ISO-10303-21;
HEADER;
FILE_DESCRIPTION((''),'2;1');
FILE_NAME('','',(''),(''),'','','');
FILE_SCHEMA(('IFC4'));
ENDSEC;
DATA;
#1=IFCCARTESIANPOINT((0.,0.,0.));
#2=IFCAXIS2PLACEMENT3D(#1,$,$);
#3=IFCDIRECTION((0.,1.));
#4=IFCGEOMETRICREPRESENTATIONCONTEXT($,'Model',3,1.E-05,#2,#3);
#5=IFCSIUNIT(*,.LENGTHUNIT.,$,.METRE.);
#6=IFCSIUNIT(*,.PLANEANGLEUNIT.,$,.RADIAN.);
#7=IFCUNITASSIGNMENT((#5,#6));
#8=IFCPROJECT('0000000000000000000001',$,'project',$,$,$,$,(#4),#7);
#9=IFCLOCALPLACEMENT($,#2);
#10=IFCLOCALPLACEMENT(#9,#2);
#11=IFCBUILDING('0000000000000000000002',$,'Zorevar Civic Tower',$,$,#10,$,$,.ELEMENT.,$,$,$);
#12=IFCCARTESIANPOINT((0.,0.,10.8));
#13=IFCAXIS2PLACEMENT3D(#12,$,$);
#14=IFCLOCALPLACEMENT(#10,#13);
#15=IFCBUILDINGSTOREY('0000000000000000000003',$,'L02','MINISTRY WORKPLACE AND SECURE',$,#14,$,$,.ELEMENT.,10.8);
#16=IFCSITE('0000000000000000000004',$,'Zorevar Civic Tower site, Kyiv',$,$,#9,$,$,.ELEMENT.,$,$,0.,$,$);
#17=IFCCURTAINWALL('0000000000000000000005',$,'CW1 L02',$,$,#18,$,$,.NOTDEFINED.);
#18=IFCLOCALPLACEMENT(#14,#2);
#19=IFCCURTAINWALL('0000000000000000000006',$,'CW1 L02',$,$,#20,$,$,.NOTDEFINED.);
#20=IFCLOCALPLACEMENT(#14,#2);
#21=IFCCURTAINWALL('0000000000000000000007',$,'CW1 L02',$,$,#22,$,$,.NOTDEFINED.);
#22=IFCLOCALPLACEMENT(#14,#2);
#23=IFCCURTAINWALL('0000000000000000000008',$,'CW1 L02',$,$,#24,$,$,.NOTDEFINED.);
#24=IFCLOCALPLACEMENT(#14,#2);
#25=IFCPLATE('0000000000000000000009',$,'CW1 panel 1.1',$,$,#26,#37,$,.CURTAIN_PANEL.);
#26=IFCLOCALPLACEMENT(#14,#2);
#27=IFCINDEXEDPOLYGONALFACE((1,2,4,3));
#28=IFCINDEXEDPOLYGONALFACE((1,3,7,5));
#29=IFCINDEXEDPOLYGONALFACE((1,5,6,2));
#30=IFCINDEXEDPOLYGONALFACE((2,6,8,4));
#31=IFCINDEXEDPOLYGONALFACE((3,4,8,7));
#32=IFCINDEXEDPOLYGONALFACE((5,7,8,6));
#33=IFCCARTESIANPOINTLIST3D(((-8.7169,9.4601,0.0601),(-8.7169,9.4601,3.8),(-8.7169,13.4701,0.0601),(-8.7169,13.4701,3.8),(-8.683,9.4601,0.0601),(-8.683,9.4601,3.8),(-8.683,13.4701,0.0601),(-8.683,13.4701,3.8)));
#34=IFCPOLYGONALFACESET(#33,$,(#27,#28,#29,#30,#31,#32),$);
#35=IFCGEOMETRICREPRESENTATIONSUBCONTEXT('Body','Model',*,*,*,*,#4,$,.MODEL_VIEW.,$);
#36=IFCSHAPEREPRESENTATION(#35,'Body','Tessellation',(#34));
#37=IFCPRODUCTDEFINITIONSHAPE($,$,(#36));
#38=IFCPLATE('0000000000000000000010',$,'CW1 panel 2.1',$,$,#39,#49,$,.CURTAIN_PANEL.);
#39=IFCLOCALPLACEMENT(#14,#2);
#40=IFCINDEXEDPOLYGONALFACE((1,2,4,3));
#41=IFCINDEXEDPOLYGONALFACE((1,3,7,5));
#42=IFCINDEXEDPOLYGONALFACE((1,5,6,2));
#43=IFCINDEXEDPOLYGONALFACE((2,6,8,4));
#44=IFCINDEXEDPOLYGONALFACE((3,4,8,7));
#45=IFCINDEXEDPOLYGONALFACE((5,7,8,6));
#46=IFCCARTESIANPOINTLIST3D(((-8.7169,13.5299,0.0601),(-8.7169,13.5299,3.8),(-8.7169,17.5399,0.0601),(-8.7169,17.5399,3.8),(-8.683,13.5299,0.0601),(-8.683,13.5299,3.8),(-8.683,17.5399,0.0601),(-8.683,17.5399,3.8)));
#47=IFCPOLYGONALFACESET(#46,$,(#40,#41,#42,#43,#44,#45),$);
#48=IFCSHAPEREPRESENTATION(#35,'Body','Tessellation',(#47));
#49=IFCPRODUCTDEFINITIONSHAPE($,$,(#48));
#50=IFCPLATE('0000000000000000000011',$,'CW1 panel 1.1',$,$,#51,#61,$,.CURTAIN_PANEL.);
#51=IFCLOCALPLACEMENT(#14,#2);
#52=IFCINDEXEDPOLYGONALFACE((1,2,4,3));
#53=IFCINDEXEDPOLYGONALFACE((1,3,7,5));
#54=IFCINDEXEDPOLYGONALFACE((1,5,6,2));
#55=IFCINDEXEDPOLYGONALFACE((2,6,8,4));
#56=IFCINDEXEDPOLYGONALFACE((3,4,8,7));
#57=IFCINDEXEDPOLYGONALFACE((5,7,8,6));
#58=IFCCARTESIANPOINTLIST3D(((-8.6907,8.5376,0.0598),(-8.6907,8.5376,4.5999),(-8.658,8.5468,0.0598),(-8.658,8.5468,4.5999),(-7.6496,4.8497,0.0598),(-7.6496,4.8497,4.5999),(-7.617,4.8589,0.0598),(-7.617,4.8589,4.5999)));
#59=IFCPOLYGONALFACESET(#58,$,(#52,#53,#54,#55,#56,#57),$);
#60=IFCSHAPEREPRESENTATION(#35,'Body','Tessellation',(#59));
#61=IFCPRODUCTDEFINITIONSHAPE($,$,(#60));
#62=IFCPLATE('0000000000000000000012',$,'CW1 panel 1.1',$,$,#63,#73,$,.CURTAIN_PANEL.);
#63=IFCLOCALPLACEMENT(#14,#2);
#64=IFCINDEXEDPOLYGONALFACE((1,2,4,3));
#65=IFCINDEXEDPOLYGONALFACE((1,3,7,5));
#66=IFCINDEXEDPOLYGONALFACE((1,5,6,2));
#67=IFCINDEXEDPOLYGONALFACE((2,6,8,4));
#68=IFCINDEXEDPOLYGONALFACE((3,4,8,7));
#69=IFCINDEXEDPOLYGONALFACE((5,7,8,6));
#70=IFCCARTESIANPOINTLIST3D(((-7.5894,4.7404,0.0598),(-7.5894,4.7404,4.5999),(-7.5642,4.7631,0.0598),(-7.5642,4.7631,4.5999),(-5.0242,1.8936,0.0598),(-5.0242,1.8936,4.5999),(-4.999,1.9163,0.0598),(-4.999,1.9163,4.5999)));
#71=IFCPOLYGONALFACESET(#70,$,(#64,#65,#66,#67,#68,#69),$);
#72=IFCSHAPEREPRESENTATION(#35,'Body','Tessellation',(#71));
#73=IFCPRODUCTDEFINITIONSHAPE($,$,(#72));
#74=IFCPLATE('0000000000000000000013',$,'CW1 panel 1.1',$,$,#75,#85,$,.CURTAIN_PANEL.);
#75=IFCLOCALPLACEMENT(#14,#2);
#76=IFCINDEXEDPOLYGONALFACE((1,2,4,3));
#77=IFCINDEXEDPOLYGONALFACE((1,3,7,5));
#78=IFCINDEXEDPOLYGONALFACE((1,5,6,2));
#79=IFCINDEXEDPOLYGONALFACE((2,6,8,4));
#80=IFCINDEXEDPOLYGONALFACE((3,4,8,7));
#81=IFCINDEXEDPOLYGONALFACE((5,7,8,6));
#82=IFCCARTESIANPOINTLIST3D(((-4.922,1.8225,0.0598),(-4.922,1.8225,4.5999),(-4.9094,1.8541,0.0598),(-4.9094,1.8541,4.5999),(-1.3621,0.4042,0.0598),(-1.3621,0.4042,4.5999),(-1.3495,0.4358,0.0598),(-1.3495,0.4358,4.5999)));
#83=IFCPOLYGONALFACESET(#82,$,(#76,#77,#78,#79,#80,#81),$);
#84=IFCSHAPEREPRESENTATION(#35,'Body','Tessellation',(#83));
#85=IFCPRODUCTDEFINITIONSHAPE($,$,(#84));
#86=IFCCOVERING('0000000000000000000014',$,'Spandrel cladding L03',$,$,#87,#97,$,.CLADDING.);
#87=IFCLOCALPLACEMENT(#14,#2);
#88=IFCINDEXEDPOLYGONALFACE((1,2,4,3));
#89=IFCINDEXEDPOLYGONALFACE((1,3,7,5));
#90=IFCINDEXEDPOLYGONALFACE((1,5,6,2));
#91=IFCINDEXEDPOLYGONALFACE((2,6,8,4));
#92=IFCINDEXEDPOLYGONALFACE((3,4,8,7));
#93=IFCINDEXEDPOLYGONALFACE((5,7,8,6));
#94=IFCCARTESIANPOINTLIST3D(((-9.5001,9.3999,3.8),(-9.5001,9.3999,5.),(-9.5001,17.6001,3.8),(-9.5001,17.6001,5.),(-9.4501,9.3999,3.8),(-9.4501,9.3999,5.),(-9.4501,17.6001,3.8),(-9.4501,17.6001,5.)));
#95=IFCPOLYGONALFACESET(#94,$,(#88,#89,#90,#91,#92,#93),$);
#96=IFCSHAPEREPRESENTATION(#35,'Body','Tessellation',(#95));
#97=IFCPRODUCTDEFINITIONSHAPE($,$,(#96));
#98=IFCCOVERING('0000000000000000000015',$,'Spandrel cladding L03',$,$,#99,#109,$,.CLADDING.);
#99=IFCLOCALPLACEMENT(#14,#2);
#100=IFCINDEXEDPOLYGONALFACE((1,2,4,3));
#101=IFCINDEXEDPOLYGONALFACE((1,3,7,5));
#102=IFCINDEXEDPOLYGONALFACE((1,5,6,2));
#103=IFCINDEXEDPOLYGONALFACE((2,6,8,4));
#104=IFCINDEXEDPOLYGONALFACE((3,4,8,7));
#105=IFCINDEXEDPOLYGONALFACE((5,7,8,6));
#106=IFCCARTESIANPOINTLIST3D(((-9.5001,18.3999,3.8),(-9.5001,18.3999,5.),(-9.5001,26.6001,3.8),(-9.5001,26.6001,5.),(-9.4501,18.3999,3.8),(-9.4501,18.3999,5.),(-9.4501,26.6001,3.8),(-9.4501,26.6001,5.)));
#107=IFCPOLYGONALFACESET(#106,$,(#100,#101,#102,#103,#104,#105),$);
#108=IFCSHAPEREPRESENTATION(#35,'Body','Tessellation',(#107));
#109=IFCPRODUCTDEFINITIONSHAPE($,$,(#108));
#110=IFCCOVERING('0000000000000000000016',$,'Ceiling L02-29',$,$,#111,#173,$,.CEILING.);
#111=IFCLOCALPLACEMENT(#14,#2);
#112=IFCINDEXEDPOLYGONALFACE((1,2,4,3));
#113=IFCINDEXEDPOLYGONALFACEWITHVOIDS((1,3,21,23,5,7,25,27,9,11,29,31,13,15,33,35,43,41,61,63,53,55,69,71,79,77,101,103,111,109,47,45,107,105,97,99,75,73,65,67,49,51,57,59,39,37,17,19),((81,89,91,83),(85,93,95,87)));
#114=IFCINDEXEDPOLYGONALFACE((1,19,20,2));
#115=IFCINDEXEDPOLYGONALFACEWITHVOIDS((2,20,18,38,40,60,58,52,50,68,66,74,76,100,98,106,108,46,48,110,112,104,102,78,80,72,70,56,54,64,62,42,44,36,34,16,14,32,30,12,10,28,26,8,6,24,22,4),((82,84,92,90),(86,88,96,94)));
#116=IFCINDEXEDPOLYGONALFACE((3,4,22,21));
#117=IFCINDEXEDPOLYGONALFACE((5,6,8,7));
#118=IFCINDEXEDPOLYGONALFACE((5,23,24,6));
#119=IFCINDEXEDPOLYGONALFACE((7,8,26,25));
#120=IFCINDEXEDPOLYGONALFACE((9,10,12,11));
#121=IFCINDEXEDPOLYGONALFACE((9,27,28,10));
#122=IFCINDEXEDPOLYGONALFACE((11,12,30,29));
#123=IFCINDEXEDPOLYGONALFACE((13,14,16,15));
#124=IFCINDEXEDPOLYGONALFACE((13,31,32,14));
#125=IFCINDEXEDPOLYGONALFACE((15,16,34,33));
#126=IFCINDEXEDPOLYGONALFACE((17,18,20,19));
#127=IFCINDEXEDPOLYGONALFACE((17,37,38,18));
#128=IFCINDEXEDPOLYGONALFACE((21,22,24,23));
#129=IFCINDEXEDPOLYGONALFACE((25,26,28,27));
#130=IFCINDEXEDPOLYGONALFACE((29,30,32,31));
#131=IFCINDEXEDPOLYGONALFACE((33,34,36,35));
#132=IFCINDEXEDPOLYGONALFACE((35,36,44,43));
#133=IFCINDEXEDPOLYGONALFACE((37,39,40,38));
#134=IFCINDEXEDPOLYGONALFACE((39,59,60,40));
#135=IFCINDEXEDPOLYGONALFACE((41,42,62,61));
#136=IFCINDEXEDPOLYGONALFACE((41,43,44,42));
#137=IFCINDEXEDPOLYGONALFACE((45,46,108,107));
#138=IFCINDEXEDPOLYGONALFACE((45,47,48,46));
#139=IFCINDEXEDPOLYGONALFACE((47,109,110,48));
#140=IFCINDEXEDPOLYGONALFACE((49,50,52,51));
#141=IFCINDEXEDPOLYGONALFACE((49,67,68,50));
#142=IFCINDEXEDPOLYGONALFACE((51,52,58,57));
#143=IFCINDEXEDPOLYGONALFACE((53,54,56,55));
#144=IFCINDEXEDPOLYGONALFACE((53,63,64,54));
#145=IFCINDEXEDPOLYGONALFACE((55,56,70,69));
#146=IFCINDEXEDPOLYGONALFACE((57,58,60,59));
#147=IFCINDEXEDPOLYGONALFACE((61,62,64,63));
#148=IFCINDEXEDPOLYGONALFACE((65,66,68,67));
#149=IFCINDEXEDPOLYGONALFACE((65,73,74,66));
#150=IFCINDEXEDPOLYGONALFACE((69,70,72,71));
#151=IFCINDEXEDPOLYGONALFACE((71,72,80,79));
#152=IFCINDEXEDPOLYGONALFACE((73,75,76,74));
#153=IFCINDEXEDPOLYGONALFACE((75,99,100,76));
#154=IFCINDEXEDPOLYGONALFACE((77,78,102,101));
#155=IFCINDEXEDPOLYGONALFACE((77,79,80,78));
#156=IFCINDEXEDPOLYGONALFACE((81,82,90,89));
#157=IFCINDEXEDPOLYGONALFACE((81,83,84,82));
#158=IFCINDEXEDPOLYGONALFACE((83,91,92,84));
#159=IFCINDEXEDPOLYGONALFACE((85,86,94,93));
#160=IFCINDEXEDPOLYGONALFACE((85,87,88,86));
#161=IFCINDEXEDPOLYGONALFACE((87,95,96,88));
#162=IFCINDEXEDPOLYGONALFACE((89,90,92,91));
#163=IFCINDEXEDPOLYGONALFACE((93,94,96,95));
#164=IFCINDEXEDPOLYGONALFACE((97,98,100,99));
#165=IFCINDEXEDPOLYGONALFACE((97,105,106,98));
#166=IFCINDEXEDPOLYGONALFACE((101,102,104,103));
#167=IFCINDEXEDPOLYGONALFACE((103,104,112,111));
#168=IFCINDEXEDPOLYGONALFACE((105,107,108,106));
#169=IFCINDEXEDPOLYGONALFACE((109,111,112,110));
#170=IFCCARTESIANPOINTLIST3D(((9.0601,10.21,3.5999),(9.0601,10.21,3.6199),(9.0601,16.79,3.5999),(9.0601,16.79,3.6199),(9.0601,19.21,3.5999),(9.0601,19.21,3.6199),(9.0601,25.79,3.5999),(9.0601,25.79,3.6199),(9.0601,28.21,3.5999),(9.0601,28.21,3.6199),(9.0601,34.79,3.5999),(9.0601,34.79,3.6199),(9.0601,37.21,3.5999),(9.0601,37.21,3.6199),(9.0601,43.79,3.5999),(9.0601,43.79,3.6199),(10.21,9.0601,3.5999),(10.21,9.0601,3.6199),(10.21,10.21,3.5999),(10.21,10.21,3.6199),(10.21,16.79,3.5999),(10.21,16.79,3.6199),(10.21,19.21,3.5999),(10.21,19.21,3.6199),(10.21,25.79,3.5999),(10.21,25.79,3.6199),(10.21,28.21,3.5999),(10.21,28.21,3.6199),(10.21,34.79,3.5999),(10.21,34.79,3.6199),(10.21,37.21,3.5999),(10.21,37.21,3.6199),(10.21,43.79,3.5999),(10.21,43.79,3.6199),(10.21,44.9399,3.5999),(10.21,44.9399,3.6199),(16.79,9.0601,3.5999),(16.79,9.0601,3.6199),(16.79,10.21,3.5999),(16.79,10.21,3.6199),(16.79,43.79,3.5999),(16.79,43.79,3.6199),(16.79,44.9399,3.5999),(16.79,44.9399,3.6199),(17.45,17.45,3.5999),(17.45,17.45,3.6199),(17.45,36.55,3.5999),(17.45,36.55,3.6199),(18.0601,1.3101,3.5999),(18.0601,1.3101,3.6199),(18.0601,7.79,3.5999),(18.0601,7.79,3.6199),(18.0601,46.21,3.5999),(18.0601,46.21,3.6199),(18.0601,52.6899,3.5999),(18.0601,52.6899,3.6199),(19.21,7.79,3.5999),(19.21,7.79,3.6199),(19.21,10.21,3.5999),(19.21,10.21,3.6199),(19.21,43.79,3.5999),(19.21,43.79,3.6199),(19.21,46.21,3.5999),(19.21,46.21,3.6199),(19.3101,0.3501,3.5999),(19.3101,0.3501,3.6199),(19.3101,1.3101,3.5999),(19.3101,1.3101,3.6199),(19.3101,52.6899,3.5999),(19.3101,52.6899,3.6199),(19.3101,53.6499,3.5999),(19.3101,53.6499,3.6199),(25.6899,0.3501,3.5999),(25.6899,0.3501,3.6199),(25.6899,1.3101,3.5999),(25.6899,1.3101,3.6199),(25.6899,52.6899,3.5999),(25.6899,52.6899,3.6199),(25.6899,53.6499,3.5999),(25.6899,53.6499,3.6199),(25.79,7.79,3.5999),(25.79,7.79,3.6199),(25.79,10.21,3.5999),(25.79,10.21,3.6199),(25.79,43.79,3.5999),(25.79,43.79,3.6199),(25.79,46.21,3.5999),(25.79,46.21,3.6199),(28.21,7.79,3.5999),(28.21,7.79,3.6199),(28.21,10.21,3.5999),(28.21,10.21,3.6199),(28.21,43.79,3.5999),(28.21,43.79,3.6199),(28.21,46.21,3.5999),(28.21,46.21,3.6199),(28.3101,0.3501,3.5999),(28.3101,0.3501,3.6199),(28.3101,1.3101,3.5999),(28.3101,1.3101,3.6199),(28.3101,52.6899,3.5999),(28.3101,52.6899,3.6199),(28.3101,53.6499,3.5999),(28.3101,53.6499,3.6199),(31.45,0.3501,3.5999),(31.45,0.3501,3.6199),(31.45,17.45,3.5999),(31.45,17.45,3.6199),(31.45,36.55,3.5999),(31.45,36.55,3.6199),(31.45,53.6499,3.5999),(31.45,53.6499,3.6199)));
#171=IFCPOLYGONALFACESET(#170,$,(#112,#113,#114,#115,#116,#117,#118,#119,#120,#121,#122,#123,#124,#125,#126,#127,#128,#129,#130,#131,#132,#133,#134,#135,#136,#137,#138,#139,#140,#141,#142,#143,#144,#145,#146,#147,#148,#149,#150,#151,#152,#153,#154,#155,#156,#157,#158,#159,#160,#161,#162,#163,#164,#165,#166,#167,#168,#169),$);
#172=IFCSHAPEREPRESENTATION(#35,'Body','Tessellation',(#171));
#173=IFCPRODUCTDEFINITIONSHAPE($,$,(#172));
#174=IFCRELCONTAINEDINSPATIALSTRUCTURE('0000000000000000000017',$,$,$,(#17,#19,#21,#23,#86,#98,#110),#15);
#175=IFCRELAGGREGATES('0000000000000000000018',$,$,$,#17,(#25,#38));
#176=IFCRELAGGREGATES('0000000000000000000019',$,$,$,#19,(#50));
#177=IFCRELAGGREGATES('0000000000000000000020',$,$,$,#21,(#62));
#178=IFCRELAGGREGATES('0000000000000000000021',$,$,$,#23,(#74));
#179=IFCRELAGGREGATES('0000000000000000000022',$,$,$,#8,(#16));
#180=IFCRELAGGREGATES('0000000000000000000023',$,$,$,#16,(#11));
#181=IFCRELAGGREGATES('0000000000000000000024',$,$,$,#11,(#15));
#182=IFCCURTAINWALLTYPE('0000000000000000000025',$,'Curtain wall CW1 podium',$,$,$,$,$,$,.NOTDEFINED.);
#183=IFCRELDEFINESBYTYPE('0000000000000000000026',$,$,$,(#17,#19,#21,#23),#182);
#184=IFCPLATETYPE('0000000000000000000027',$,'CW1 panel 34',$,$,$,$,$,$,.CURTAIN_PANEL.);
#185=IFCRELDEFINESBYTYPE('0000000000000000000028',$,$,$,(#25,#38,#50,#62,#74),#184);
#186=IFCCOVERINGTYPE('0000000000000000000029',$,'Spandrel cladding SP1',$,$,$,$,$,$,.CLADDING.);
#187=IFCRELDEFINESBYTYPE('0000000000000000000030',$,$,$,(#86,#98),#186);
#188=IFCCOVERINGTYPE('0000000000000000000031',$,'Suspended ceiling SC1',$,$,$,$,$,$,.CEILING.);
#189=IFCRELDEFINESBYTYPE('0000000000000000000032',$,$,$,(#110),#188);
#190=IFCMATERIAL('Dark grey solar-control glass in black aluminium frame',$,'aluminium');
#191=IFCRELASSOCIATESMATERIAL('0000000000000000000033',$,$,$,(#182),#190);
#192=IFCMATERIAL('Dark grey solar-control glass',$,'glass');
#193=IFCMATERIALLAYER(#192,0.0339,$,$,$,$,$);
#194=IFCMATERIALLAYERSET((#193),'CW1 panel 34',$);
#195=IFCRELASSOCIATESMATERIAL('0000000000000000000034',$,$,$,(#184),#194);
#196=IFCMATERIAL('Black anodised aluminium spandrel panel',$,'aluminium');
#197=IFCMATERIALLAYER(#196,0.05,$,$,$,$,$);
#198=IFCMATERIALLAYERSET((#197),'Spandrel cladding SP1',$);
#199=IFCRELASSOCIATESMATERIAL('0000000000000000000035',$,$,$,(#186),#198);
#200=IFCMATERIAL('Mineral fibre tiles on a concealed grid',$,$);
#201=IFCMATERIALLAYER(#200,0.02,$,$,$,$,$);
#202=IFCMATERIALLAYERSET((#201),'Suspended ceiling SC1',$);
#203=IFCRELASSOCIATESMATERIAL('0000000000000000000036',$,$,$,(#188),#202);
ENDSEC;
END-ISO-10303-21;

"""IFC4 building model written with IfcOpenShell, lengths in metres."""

from ifc_helpers import new_model, si_unit, direction, frame, frame_2d, origin, origin_2d, place, context, subcontext, project, spatial, polyline, rectangle, outline, extrude, material, layer, layer_set, type_object, element, aggregate, save


model = new_model("IFC4")

# Units and contexts
model_context = context("Model", 3, precision=1e-05, world=origin(), true_north=direction((0.0, 1.0)))
body_context = subcontext(model_context, "Body", "Model", "MODEL_VIEW")
ifc_project = project(units=[si_unit("LENGTHUNIT", "METRE"), si_unit("PLANEANGLEUNIT", "RADIAN")], contexts=[model_context])

# Site, building, storey
site_placement = place(None, origin())
site = spatial("IfcSite", under=ifc_project, at=site_placement, Name="Zorevar Civic Tower site, Kyiv", CompositionType="ELEMENT", RefElevation=0.0)
building_placement = place(site_placement, origin())
building = spatial("IfcBuilding", under=site, at=building_placement, Name="Zorevar Civic Tower", CompositionType="ELEMENT")
storey_placement = place(building_placement, frame((0.0, 0.0, 10.8)))
storey = spatial("IfcBuildingStorey", under=building, at=storey_placement, Name="L02", Description="MINISTRY WORKPLACE AND SECURE", CompositionType="ELEMENT", Elevation=10.8)

# Curtain wall
ifc_material_1 = material(Name="Dark grey solar-control glass in black aluminium frame", Category="aluminium")
curtain_wall_type = type_object("IfcCurtainWallType", Name="Curtain wall CW1 podium", PredefinedType="NOTDEFINED", material=ifc_material_1)
curtain_wall_1_placement = place(storey_placement, origin())
curtain_wall_1 = element("IfcCurtainWall", 1, at=curtain_wall_1_placement, inside=storey, type_object=curtain_wall_type, Name="CW1 L02", PredefinedType="NOTDEFINED")

# Curtain walls
curtain_wall_2_placement = place(storey_placement, origin())
curtain_wall_2 = element("IfcCurtainWall", 2, at=curtain_wall_2_placement, inside=storey, type_object=curtain_wall_type, Name="CW1 L02", PredefinedType="NOTDEFINED")
curtain_wall_3_placement = place(storey_placement, origin())
curtain_wall_3 = element("IfcCurtainWall", 3, at=curtain_wall_3_placement, inside=storey, type_object=curtain_wall_type, Name="CW1 L02", PredefinedType="NOTDEFINED")
curtain_wall_4_placement = place(storey_placement, origin())
curtain_wall_4 = element("IfcCurtainWall", 4, at=curtain_wall_4_placement, inside=storey, type_object=curtain_wall_type, Name="CW1 L02", PredefinedType="NOTDEFINED")

# Plates
ifc_material_2 = material(Name="Dark grey solar-control glass", Category="glass")
ifc_layer_1 = layer(ifc_material_2, 0.0339)
ifc_layer_set_1 = layer_set([ifc_layer_1], Name="CW1 panel 34")
plate_type = type_object("IfcPlateType", Name="CW1 panel 34", PredefinedType="CURTAIN_PANEL", material=ifc_layer_set_1)
plate_1_placement = place(storey_placement, frame((-8.7, 11.4651, 0.0601), z_axis=(0.0, 0.0, 1.0), x_axis=(0.0, 1.0, 0.0)))
plate_1 = element("IfcPlate", 5, at=plate_1_placement, type_object=plate_type, Name="CW1 panel 1.1", PredefinedType="CURTAIN_PANEL", context=body_context, shape_type="SweptSolid", body=[
    extrude(rectangle(XDim=4.01, YDim=0.0339, at=origin_2d()), origin(), (0.0, 0.0, 1.0), 3.74),
])
plate_2_placement = place(storey_placement, frame((-8.7, 15.5349, 0.0601), z_axis=(0.0, 0.0, 1.0), x_axis=(0.0, 1.0, 0.0)))
plate_2 = element("IfcPlate", 6, at=plate_2_placement, type_object=plate_type, Name="CW1 panel 2.1", PredefinedType="CURTAIN_PANEL", context=body_context, shape_type="SweptSolid", body=[
    extrude(rectangle(XDim=4.01, YDim=0.0339, at=origin_2d()), origin(), (0.0, 0.0, 1.0), 3.74),
])
aggregate(curtain_wall_1, [plate_1, plate_2])
plate_3_placement = place(storey_placement, frame((-8.1538, 6.6982, 0.0598), z_axis=(0.0, 0.0, 1.0), x_axis=(0.271669, -0.962391, 0.0)))
plate_3 = element("IfcPlate", 7, at=plate_3_placement, type_object=plate_type, Name="CW1 panel 1.1", PredefinedType="CURTAIN_PANEL", context=body_context, shape_type="SweptSolid", body=[
    extrude(rectangle(XDim=3.832, YDim=0.0339, at=origin_2d()), origin(), (0.0, 0.0, 1.0), 4.54),
])
aggregate(curtain_wall_2, [plate_3])
plate_4_placement = place(storey_placement, frame((-6.2942, 3.3284, 0.0598), z_axis=(0.0, 0.0, 1.0), x_axis=(0.669403, -0.7429, 0.0)))
plate_4 = element("IfcPlate", 8, at=plate_4_placement, type_object=plate_type, Name="CW1 panel 1.1", PredefinedType="CURTAIN_PANEL", context=body_context, shape_type="SweptSolid", body=[
    extrude(rectangle(XDim=3.832, YDim=0.0339, at=origin_2d()), origin(), (0.0, 0.0, 1.0), 4.54),
])
aggregate(curtain_wall_3, [plate_4])
plate_5_placement = place(storey_placement, frame((-3.1357, 1.1292, 0.0598), z_axis=(0.0, 0.0, 1.0), x_axis=(0.928988, -0.370111, 0.0)))
plate_5 = element("IfcPlate", 9, at=plate_5_placement, type_object=plate_type, Name="CW1 panel 1.1", PredefinedType="CURTAIN_PANEL", context=body_context, shape_type="SweptSolid", body=[
    extrude(rectangle(XDim=3.832, YDim=0.0339, at=origin_2d()), origin(), (0.0, 0.0, 1.0), 4.54),
])
aggregate(curtain_wall_4, [plate_5])

# Coverings
ifc_material_3 = material(Name="Black anodised aluminium spandrel panel", Category="aluminium")
ifc_layer_2 = layer(ifc_material_3, 0.05)
ifc_layer_set_2 = layer_set([ifc_layer_2], Name="Spandrel cladding SP1")
covering_type_1 = type_object("IfcCoveringType", Name="Spandrel cladding SP1", PredefinedType="CLADDING", material=ifc_layer_set_2)
for number, where, z_axis, x_axis, name in (
    (10, (-9.4751, 9.3999, 3.8), (0.0, 0.0, 1.0), (0.0, 1.0, 0.0), "Spandrel cladding L03"),
    (11, (-9.4751, 18.3999, 3.8), (0.0, 0.0, 1.0), (0.0, 1.0, 0.0), "Spandrel cladding L03"),
):
    element("IfcCovering", number, at=place(storey_placement, frame(where, z_axis=z_axis, x_axis=x_axis)), inside=storey, type_object=covering_type_1, Name=name, PredefinedType="CLADDING", context=body_context, shape_type="SweptSolid", body=[
        extrude(rectangle(XDim=8.2002, YDim=0.05, at=frame_2d((4.1001, 0.0))), origin(), (0.0, 0.0, 1.0), 1.2),
    ])
ifc_material_4 = material(Name="Mineral fibre tiles on a concealed grid")
ifc_layer_3 = layer(ifc_material_4, 0.02)
ifc_layer_set_3 = layer_set([ifc_layer_3], Name="Suspended ceiling SC1")
covering_type_2 = type_object("IfcCoveringType", Name="Suspended ceiling SC1", PredefinedType="CEILING", material=ifc_layer_set_3)
covering_placement = place(storey_placement, frame((0.0, 0.0, 3.5999)))
element("IfcCovering", 12, at=covering_placement, inside=storey, type_object=covering_type_2, Name="Ceiling L02-29", PredefinedType="CEILING", context=body_context, shape_type="SweptSolid", body=[
    extrude(outline(polyline([(9.0601, 19.21), (9.0601, 25.79), (10.21, 25.79), (10.21, 28.21), (9.0601, 28.21), (9.0601, 34.79), (10.21, 34.79), (10.21, 37.21), (9.0601, 37.21), (9.0601, 43.79), (10.21, 43.79), (10.21, 44.9399), (16.79, 44.9399), (16.79, 43.79), (19.21, 43.79), (19.21, 46.21), (18.0601, 46.21), (18.0601, 52.6899), (19.3101, 52.6899), (19.3101, 53.6499), (25.6899, 53.6499), (25.6899, 52.6899), (28.3101, 52.6899), (28.3101, 53.6499), (31.45, 53.6499), (31.45, 36.55), (17.45, 36.55), (17.45, 17.45), (31.45, 17.45), (31.45, 0.3501), (28.3101, 0.3501), (28.3101, 1.3101), (25.6899, 1.3101), (25.6899, 0.3501), (19.3101, 0.3501), (19.3101, 1.3101), (18.0601, 1.3101), (18.0601, 7.79), (19.21, 7.79), (19.21, 10.21), (16.79, 10.21), (16.79, 9.0601), (10.21, 9.0601), (10.21, 10.21), (9.0601, 10.21), (9.0601, 16.79), (10.21, 16.79), (10.21, 19.21), (9.0601, 19.21)]), holes=[polyline([(25.79, 7.79), (28.21, 7.79), (28.21, 10.21), (25.79, 10.21), (25.79, 7.79)]), polyline([(25.79, 46.21), (25.79, 43.79), (28.21, 43.79), (28.21, 46.21), (25.79, 46.21)])]), origin(), (0.0, 0.0, 1.0), 0.02),
])

save(model, "model.ifc")
